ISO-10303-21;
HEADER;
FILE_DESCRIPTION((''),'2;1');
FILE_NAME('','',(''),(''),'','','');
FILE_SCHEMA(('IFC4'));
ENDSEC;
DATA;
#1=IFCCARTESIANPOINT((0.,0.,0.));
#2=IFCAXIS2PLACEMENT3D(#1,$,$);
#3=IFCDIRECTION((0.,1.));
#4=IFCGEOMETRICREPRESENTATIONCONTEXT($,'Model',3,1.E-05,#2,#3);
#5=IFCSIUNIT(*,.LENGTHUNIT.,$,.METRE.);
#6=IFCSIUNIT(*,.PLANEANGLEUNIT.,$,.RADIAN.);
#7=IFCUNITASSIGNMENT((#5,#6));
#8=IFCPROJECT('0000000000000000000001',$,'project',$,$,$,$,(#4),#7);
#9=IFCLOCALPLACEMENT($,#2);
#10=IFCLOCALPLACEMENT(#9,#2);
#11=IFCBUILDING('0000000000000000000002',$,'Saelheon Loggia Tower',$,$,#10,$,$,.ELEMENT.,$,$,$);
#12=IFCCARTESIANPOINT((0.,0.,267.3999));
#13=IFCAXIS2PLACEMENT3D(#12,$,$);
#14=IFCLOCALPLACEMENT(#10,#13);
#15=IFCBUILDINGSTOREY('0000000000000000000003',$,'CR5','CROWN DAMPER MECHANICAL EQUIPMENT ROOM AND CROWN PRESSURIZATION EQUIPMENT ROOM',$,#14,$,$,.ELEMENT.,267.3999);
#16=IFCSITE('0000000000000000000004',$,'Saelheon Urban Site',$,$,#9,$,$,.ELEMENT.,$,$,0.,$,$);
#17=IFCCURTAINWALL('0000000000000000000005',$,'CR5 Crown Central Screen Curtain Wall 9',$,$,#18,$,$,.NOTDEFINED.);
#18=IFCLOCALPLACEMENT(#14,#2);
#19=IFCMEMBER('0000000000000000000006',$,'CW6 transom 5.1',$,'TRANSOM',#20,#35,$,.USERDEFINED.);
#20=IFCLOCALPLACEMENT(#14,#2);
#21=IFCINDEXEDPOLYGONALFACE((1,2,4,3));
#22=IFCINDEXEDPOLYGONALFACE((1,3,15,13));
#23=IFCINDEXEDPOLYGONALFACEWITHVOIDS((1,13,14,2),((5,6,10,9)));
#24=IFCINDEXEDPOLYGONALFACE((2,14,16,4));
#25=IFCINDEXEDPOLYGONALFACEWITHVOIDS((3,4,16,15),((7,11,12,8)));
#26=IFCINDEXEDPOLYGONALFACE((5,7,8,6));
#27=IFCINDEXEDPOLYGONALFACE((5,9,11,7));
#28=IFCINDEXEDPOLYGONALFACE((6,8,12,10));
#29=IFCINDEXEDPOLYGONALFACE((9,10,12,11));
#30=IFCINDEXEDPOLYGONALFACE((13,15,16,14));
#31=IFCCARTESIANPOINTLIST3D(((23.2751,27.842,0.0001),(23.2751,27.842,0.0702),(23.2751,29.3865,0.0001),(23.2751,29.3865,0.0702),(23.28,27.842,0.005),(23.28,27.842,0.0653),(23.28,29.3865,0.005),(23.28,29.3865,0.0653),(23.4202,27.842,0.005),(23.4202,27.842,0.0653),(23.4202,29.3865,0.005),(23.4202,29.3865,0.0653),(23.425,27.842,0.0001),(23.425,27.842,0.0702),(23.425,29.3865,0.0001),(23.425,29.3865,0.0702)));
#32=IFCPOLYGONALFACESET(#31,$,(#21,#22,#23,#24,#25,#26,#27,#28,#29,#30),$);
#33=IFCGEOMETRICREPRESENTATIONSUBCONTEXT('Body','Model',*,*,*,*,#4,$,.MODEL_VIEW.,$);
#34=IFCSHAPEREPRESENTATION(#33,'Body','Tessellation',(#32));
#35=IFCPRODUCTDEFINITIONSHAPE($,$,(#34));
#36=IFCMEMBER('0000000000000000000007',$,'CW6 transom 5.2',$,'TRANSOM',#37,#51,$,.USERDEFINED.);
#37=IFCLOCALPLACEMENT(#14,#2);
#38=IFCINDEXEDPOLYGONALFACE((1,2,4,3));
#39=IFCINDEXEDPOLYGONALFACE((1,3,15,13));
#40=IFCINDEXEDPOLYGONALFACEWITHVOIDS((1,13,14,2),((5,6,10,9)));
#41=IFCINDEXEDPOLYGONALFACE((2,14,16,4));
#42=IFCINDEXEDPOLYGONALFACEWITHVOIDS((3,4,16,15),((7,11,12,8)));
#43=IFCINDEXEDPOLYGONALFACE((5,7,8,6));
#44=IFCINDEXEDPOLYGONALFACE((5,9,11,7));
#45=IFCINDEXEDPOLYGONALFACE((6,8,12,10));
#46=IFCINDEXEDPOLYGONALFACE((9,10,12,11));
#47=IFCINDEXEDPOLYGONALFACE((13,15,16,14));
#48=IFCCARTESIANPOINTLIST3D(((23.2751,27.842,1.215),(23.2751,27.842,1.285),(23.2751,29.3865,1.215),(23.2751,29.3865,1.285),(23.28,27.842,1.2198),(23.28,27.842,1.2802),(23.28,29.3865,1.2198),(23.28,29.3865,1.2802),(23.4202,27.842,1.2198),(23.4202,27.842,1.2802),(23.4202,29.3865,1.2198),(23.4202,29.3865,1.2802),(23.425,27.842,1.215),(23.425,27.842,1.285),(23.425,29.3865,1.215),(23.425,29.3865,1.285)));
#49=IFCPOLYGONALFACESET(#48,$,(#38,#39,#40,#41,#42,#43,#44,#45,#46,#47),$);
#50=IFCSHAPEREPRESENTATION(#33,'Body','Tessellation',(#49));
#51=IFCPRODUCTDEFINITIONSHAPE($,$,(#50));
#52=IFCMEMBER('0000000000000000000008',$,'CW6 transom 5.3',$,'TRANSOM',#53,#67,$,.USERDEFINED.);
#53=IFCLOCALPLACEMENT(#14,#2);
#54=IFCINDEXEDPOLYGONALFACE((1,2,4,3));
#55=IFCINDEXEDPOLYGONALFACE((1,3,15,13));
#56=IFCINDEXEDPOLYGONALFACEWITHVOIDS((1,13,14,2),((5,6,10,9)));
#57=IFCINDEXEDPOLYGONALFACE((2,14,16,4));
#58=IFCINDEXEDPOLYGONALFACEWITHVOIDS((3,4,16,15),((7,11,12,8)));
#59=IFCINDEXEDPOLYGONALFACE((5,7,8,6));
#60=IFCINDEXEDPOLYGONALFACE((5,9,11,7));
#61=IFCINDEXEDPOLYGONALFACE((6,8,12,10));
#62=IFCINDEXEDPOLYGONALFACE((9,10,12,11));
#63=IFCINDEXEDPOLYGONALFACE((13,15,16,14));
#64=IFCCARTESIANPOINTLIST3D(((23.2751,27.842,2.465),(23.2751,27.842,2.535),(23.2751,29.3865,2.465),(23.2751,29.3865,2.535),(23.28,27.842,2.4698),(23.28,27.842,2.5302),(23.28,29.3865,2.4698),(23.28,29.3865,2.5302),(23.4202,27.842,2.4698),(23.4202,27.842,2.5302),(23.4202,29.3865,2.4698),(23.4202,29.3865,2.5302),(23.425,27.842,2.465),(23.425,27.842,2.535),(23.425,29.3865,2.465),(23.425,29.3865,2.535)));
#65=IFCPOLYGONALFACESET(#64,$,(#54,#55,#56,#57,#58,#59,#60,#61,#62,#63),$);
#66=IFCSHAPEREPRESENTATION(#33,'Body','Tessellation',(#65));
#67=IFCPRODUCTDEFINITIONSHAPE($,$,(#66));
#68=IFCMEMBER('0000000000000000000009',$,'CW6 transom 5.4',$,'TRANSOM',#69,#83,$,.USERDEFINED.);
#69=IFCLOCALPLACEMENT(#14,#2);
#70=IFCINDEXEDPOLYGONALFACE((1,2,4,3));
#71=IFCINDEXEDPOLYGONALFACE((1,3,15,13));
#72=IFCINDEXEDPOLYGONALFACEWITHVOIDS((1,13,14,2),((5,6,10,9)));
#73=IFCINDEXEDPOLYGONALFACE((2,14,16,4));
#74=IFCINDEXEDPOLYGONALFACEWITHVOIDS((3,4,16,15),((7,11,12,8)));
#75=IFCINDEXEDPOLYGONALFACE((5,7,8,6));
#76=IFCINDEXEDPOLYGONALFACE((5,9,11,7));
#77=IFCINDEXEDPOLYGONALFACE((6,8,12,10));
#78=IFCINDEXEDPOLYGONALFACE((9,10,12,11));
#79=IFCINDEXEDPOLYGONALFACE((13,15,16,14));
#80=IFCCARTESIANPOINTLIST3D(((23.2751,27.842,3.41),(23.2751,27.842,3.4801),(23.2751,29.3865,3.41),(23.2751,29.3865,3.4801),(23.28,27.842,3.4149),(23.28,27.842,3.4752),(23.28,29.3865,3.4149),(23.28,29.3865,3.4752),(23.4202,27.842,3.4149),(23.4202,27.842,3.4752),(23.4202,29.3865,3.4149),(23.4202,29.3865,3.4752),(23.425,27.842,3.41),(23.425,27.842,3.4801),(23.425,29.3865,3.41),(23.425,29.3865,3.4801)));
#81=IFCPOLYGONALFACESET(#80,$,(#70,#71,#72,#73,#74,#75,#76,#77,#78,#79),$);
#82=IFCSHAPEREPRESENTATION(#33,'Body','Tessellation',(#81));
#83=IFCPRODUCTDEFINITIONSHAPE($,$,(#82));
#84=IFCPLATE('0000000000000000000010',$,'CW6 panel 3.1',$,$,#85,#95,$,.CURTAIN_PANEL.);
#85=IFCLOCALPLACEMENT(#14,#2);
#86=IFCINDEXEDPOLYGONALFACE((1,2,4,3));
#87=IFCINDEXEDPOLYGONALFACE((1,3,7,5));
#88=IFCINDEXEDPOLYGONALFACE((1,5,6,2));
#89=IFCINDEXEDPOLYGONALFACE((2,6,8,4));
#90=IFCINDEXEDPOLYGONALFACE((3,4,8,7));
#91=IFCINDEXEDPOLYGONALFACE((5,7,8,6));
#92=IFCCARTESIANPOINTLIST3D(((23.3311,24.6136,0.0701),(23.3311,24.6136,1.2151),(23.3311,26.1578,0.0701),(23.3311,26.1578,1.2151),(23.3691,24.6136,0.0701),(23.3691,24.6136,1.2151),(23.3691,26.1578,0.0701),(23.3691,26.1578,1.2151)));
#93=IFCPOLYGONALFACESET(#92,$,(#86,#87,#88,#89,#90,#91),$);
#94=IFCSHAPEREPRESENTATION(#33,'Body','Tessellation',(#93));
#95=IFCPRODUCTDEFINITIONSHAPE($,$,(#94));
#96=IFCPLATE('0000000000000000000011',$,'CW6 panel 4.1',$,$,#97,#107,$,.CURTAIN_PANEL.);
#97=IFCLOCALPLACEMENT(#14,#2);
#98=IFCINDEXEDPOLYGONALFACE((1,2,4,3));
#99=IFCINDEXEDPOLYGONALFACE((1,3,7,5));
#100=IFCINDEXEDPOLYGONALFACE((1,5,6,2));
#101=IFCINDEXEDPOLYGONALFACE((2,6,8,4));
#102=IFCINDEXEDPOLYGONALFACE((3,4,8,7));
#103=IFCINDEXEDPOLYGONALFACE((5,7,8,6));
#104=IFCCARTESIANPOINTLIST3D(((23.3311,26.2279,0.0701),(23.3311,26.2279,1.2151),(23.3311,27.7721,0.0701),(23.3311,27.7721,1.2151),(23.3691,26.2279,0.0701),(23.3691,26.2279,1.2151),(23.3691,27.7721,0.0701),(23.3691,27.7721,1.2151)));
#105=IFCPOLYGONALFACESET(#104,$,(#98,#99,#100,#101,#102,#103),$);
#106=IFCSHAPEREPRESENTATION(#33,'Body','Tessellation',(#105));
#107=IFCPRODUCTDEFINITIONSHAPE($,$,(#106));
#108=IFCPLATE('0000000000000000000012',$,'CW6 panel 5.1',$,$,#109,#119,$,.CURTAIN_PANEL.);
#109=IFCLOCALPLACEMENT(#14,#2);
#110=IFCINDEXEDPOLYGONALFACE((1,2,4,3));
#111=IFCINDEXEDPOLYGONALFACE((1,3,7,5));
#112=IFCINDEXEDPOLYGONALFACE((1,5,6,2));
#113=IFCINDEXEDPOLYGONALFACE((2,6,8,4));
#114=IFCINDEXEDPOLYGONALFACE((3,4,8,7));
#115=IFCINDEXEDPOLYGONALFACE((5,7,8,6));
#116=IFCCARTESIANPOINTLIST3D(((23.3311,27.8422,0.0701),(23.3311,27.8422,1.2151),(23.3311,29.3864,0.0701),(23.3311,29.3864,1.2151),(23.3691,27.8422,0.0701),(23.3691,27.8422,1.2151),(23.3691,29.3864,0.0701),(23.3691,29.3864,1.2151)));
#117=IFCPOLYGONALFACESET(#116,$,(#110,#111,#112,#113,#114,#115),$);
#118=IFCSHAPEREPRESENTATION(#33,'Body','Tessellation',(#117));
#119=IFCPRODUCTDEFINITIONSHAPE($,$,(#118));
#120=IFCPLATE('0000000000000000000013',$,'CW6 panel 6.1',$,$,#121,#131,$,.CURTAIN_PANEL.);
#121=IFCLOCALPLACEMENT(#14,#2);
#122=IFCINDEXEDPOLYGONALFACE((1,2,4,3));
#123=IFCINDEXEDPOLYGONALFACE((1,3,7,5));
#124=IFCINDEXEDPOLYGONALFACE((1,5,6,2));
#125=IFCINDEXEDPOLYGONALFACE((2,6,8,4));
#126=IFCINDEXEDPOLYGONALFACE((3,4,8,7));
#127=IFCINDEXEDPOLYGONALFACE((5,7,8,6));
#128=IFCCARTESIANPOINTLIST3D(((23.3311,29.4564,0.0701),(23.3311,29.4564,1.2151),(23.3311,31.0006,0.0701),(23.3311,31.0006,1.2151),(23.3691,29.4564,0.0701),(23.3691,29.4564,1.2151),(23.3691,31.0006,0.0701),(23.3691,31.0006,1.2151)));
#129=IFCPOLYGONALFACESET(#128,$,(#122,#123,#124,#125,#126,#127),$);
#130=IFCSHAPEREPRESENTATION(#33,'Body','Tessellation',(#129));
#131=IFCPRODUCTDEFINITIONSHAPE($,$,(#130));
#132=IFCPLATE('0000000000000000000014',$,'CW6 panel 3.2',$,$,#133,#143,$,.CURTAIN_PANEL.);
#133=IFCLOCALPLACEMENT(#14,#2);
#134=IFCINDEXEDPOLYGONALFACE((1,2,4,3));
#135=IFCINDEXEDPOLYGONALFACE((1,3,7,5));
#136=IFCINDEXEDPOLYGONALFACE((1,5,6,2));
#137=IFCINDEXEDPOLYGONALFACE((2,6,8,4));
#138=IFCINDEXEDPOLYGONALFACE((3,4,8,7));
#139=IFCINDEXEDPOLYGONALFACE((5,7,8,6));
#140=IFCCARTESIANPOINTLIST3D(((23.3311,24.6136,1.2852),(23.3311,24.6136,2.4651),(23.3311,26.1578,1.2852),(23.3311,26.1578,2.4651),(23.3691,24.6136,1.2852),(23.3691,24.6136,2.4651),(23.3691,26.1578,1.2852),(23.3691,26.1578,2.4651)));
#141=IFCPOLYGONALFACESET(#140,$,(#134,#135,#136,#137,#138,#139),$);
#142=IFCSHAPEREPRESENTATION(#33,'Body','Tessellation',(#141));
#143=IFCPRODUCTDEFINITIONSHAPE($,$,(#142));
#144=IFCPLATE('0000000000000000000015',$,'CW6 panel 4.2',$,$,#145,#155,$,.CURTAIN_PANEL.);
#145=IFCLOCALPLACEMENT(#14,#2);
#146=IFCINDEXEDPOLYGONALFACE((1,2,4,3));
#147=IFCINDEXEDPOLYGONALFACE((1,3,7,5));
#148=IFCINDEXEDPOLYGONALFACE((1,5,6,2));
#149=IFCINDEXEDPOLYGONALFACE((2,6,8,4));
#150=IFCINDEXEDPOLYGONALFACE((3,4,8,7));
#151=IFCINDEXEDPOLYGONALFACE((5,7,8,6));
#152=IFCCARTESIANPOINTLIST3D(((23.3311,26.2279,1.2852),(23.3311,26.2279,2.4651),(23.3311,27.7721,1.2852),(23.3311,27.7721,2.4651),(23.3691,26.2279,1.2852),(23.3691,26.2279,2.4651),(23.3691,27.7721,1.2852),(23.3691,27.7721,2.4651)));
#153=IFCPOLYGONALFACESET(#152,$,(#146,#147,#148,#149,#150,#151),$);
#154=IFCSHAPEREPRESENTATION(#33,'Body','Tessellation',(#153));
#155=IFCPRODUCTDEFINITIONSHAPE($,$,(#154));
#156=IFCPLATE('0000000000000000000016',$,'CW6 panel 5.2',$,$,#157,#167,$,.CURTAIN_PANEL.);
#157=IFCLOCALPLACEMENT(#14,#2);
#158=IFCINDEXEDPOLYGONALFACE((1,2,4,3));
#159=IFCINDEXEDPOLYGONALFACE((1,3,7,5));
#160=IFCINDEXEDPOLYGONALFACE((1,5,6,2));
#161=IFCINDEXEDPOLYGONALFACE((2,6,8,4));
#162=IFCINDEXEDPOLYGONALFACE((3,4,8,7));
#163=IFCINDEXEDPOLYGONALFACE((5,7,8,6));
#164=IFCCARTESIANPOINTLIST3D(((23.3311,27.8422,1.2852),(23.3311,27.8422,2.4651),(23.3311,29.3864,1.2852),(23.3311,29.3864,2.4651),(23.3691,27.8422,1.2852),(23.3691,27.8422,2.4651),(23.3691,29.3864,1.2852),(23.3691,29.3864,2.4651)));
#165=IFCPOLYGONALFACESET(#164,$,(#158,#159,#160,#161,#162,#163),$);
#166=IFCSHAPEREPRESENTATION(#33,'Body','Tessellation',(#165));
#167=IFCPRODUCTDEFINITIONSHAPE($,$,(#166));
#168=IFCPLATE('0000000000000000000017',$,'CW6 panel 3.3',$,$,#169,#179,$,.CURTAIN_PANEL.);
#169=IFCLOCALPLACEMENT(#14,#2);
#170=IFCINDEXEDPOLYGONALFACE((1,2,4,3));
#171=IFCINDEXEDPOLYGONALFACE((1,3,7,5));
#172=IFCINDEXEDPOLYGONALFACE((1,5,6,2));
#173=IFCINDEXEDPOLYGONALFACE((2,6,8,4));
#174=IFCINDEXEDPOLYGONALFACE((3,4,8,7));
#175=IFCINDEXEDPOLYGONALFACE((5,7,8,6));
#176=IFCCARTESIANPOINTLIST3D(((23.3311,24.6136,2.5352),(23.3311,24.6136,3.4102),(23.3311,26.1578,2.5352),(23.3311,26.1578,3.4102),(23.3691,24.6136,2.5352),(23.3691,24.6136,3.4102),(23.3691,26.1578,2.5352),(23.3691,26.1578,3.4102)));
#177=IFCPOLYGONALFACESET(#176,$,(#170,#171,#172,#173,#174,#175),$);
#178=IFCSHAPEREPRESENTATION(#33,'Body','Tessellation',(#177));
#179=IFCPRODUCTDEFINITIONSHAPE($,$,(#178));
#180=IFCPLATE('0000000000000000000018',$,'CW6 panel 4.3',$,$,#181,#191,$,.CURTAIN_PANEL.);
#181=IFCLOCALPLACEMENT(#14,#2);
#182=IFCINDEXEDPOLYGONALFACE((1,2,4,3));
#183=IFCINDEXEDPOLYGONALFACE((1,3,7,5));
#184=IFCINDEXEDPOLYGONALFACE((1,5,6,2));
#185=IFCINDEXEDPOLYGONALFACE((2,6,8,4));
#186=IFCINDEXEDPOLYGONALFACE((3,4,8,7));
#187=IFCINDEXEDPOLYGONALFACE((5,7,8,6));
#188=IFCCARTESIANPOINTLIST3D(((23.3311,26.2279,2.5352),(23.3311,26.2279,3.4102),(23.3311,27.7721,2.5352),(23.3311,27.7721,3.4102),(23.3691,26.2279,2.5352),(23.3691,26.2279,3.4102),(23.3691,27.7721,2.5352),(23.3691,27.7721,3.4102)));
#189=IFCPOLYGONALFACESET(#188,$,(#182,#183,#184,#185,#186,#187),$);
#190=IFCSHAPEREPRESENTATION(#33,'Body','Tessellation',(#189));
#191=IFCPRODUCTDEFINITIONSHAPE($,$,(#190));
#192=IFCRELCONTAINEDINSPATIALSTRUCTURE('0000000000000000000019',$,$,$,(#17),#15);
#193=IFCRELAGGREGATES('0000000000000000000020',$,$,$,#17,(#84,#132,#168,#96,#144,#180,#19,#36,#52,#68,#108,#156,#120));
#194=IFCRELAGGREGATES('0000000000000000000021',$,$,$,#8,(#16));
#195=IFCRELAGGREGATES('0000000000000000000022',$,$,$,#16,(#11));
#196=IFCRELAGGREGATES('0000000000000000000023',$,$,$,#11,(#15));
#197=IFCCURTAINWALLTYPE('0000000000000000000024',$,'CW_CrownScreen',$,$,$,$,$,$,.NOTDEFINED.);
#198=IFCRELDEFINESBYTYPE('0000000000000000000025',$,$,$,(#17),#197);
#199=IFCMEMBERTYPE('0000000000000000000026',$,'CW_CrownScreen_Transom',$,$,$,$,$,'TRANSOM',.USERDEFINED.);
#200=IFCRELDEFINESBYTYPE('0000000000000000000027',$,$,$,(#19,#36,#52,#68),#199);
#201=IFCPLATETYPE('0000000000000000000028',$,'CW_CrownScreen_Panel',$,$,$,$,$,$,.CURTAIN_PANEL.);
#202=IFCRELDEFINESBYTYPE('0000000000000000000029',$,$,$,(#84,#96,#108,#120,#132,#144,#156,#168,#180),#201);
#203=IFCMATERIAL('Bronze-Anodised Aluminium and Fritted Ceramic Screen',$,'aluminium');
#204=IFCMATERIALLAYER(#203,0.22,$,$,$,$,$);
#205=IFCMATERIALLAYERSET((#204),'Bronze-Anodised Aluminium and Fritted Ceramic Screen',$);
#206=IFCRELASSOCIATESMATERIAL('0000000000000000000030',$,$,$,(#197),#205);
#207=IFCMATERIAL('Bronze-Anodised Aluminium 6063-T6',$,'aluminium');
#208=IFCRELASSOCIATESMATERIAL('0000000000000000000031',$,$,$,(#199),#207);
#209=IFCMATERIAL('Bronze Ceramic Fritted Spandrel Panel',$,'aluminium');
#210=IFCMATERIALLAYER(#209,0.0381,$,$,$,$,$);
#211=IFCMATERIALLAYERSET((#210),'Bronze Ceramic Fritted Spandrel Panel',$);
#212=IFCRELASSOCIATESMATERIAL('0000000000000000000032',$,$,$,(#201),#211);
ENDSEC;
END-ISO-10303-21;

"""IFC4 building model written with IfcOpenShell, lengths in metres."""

from ifc_helpers import new_model, si_unit, direction, frame, origin, origin_2d, place, context, subcontext, project, spatial, rectangle, hollow_rectangle, extrude, source, transform, mapped, material, layer, layer_set, material_profile, profile_set, type_object, element, aggregate, save


model = new_model("IFC4")

# Units and contexts
model_context = context("Model", 3, precision=1e-05, world=origin(), true_north=direction((0.0, 1.0)))
body_context = subcontext(model_context, "Body", "Model", "MODEL_VIEW")
ifc_project = project(units=[si_unit("LENGTHUNIT", "METRE"), si_unit("PLANEANGLEUNIT", "RADIAN")], contexts=[model_context])

# Site, building, storey
site_placement = place(None, origin())
site = spatial("IfcSite", under=ifc_project, at=site_placement, Name="Saelheon Urban Site", CompositionType="ELEMENT", RefElevation=0.0)
building_placement = place(site_placement, origin())
building = spatial("IfcBuilding", under=site, at=building_placement, Name="Saelheon Loggia Tower", CompositionType="ELEMENT")
storey_placement = place(building_placement, frame((0.0, 0.0, 267.3999)))
storey = spatial("IfcBuildingStorey", under=building, at=storey_placement, Name="CR5", Description="CROWN DAMPER MECHANICAL EQUIPMENT ROOM AND CROWN PRESSURIZATION EQUIPMENT ROOM", CompositionType="ELEMENT", Elevation=267.3999)

# Curtain wall, members, plates
ifc_material_1 = material(Name="Bronze-Anodised Aluminium and Fritted Ceramic Screen", Category="aluminium")
ifc_layer_1 = layer(ifc_material_1, 0.22)
ifc_layer_set_1 = layer_set([ifc_layer_1], Name="Bronze-Anodised Aluminium and Fritted Ceramic Screen")
curtain_wall_type = type_object("IfcCurtainWallType", Name="CW_CrownScreen", PredefinedType="NOTDEFINED", material=ifc_layer_set_1)
curtain_wall_placement = place(storey_placement, origin())
curtain_wall = element("IfcCurtainWall", 1, at=curtain_wall_placement, inside=storey, type_object=curtain_wall_type, Name="CR5 Crown Central Screen Curtain Wall 9", PredefinedType="NOTDEFINED")
ifc_material_2 = material(Name="Bronze-Anodised Aluminium 6063-T6", Category="aluminium")
ifc_material_profile_1 = material_profile(ifc_material_2, hollow_rectangle(XDim=0.0701, YDim=0.1499, WallThickness=0.0049, at=origin_2d()), Name="RHS-150x70x5")
ifc_profile_set_1 = profile_set([ifc_material_profile_1], Name="Bronze-Anodised Aluminium 6063-T6")
member_type_1 = type_object("IfcMemberType", Name="CW_CrownScreen_Transom", ElementType="TRANSOM", PredefinedType="USERDEFINED", material=ifc_profile_set_1)
shared_shape_1 = source(origin(), body_context, "Body", "SweptSolid", [
    extrude(hollow_rectangle(XDim=0.0701, YDim=0.1499, WallThickness=0.0049, at=origin_2d()), origin(), (0.0, 0.0, 1.0), 1.5444),
])
member_1_placement = place(storey_placement, frame((23.3501, 27.842, 0.0352), z_axis=(0.0, 1.0, 0.0), x_axis=(0.0, 0.0, 1.0)))
member_1 = element("IfcMember", 2, at=member_1_placement, type_object=member_type_1, Name="CW6 transom 5.1", ObjectType="TRANSOM", PredefinedType="USERDEFINED", context=body_context, shape_type="MappedRepresentation", body=[
    mapped(shared_shape_1, transform((0.0, 0.0, 0.0), scale=1.0)),
])
member_2_placement = place(storey_placement, frame((23.3501, 27.842, 1.25), z_axis=(0.0, 1.0, 0.0), x_axis=(0.0, 0.0, 1.0)))
member_2 = element("IfcMember", 3, at=member_2_placement, type_object=member_type_1, Name="CW6 transom 5.2", ObjectType="TRANSOM", PredefinedType="USERDEFINED", context=body_context, shape_type="MappedRepresentation", body=[
    mapped(shared_shape_1, transform((0.0, 0.0, 0.0), scale=1.0)),
])
member_3_placement = place(storey_placement, frame((23.3501, 27.842, 2.5), z_axis=(0.0, 1.0, 0.0), x_axis=(0.0, 0.0, 1.0)))
member_3 = element("IfcMember", 4, at=member_3_placement, type_object=member_type_1, Name="CW6 transom 5.3", ObjectType="TRANSOM", PredefinedType="USERDEFINED", context=body_context, shape_type="MappedRepresentation", body=[
    mapped(shared_shape_1, transform((0.0, 0.0, 0.0), scale=1.0)),
])
member_4_placement = place(storey_placement, frame((23.3501, 27.842, 3.4451), z_axis=(0.0, 1.0, 0.0), x_axis=(0.0, 0.0, 1.0)))
member_4 = element("IfcMember", 5, at=member_4_placement, type_object=member_type_1, Name="CW6 transom 5.4", ObjectType="TRANSOM", PredefinedType="USERDEFINED", context=body_context, shape_type="MappedRepresentation", body=[
    mapped(shared_shape_1, transform((0.0, 0.0, 0.0), scale=1.0)),
])
ifc_material_3 = material(Name="Bronze Ceramic Fritted Spandrel Panel", Category="aluminium")
ifc_layer_2 = layer(ifc_material_3, 0.0381)
ifc_layer_set_2 = layer_set([ifc_layer_2], Name="Bronze Ceramic Fritted Spandrel Panel")
plate_type = type_object("IfcPlateType", Name="CW_CrownScreen_Panel", PredefinedType="CURTAIN_PANEL", material=ifc_layer_set_2)
shared_shape_2 = source(origin(), body_context, "Body", "SweptSolid", [
    extrude(rectangle(XDim=1.5442, YDim=0.0381, at=origin_2d()), origin(), (0.0, 0.0, 1.0), 1.145),
])
plate_1_placement = place(storey_placement, frame((23.3501, 25.3857, 0.0701), z_axis=(0.0, 0.0, 1.0), x_axis=(0.0, 1.0, 0.0)))
plate_1 = element("IfcPlate", 6, at=plate_1_placement, type_object=plate_type, Name="CW6 panel 3.1", PredefinedType="CURTAIN_PANEL", context=body_context, shape_type="MappedRepresentation", body=[
    mapped(shared_shape_2, transform((0.0, 0.0, 0.0), scale=1.0)),
])
plate_2_placement = place(storey_placement, frame((23.3501, 27.0, 0.0701), z_axis=(0.0, 0.0, 1.0), x_axis=(0.0, 1.0, 0.0)))
plate_2 = element("IfcPlate", 7, at=plate_2_placement, type_object=plate_type, Name="CW6 panel 4.1", PredefinedType="CURTAIN_PANEL", context=body_context, shape_type="MappedRepresentation", body=[
    mapped(shared_shape_2, transform((0.0, 0.0, 0.0), scale=1.0)),
])
plate_3_placement = place(storey_placement, frame((23.3501, 28.6143, 0.0701), z_axis=(0.0, 0.0, 1.0), x_axis=(0.0, 1.0, 0.0)))
plate_3 = element("IfcPlate", 8, at=plate_3_placement, type_object=plate_type, Name="CW6 panel 5.1", PredefinedType="CURTAIN_PANEL", context=body_context, shape_type="MappedRepresentation", body=[
    mapped(shared_shape_2, transform((0.0, 0.0, 0.0), scale=1.0)),
])
plate_4_placement = place(storey_placement, frame((23.3501, 30.2285, 0.0701), z_axis=(0.0, 0.0, 1.0), x_axis=(0.0, 1.0, 0.0)))
plate_4 = element("IfcPlate", 9, at=plate_4_placement, type_object=plate_type, Name="CW6 panel 6.1", PredefinedType="CURTAIN_PANEL", context=body_context, shape_type="MappedRepresentation", body=[
    mapped(shared_shape_2, transform((0.0, 0.0, 0.0), scale=1.0)),
])
shared_shape_3 = source(origin(), body_context, "Body", "SweptSolid", [
    extrude(rectangle(XDim=1.5442, YDim=0.0381, at=origin_2d()), origin(), (0.0, 0.0, 1.0), 1.1799),
])
plate_5_placement = place(storey_placement, frame((23.3501, 25.3857, 1.2852), z_axis=(0.0, 0.0, 1.0), x_axis=(0.0, 1.0, 0.0)))
plate_5 = element("IfcPlate", 10, at=plate_5_placement, type_object=plate_type, Name="CW6 panel 3.2", PredefinedType="CURTAIN_PANEL", context=body_context, shape_type="MappedRepresentation", body=[
    mapped(shared_shape_3, transform((0.0, 0.0, 0.0), scale=1.0)),
])
plate_6_placement = place(storey_placement, frame((23.3501, 27.0, 1.2852), z_axis=(0.0, 0.0, 1.0), x_axis=(0.0, 1.0, 0.0)))
plate_6 = element("IfcPlate", 11, at=plate_6_placement, type_object=plate_type, Name="CW6 panel 4.2", PredefinedType="CURTAIN_PANEL", context=body_context, shape_type="MappedRepresentation", body=[
    mapped(shared_shape_3, transform((0.0, 0.0, 0.0), scale=1.0)),
])
plate_7_placement = place(storey_placement, frame((23.3501, 28.6143, 1.2852), z_axis=(0.0, 0.0, 1.0), x_axis=(0.0, 1.0, 0.0)))
plate_7 = element("IfcPlate", 12, at=plate_7_placement, type_object=plate_type, Name="CW6 panel 5.2", PredefinedType="CURTAIN_PANEL", context=body_context, shape_type="MappedRepresentation", body=[
    mapped(shared_shape_3, transform((0.0, 0.0, 0.0), scale=1.0)),
])
shared_shape_4 = source(origin(), body_context, "Body", "SweptSolid", [
    extrude(rectangle(XDim=1.5442, YDim=0.0381, at=origin_2d()), origin(), (0.0, 0.0, 1.0), 0.875),
])
plate_8_placement = place(storey_placement, frame((23.3501, 25.3857, 2.5352), z_axis=(0.0, 0.0, 1.0), x_axis=(0.0, 1.0, 0.0)))
plate_8 = element("IfcPlate", 13, at=plate_8_placement, type_object=plate_type, Name="CW6 panel 3.3", PredefinedType="CURTAIN_PANEL", context=body_context, shape_type="MappedRepresentation", body=[
    mapped(shared_shape_4, transform((0.0, 0.0, 0.0), scale=1.0)),
])
plate_9_placement = place(storey_placement, frame((23.3501, 27.0, 2.5352), z_axis=(0.0, 0.0, 1.0), x_axis=(0.0, 1.0, 0.0)))
plate_9 = element("IfcPlate", 14, at=plate_9_placement, type_object=plate_type, Name="CW6 panel 4.3", PredefinedType="CURTAIN_PANEL", context=body_context, shape_type="MappedRepresentation", body=[
    mapped(shared_shape_4, transform((0.0, 0.0, 0.0), scale=1.0)),
])
aggregate(curtain_wall, [plate_1, plate_5, plate_8, plate_2, plate_6, plate_9, member_1, member_2, member_3, member_4, plate_3, plate_7, plate_4])

save(model, "model.ifc")
